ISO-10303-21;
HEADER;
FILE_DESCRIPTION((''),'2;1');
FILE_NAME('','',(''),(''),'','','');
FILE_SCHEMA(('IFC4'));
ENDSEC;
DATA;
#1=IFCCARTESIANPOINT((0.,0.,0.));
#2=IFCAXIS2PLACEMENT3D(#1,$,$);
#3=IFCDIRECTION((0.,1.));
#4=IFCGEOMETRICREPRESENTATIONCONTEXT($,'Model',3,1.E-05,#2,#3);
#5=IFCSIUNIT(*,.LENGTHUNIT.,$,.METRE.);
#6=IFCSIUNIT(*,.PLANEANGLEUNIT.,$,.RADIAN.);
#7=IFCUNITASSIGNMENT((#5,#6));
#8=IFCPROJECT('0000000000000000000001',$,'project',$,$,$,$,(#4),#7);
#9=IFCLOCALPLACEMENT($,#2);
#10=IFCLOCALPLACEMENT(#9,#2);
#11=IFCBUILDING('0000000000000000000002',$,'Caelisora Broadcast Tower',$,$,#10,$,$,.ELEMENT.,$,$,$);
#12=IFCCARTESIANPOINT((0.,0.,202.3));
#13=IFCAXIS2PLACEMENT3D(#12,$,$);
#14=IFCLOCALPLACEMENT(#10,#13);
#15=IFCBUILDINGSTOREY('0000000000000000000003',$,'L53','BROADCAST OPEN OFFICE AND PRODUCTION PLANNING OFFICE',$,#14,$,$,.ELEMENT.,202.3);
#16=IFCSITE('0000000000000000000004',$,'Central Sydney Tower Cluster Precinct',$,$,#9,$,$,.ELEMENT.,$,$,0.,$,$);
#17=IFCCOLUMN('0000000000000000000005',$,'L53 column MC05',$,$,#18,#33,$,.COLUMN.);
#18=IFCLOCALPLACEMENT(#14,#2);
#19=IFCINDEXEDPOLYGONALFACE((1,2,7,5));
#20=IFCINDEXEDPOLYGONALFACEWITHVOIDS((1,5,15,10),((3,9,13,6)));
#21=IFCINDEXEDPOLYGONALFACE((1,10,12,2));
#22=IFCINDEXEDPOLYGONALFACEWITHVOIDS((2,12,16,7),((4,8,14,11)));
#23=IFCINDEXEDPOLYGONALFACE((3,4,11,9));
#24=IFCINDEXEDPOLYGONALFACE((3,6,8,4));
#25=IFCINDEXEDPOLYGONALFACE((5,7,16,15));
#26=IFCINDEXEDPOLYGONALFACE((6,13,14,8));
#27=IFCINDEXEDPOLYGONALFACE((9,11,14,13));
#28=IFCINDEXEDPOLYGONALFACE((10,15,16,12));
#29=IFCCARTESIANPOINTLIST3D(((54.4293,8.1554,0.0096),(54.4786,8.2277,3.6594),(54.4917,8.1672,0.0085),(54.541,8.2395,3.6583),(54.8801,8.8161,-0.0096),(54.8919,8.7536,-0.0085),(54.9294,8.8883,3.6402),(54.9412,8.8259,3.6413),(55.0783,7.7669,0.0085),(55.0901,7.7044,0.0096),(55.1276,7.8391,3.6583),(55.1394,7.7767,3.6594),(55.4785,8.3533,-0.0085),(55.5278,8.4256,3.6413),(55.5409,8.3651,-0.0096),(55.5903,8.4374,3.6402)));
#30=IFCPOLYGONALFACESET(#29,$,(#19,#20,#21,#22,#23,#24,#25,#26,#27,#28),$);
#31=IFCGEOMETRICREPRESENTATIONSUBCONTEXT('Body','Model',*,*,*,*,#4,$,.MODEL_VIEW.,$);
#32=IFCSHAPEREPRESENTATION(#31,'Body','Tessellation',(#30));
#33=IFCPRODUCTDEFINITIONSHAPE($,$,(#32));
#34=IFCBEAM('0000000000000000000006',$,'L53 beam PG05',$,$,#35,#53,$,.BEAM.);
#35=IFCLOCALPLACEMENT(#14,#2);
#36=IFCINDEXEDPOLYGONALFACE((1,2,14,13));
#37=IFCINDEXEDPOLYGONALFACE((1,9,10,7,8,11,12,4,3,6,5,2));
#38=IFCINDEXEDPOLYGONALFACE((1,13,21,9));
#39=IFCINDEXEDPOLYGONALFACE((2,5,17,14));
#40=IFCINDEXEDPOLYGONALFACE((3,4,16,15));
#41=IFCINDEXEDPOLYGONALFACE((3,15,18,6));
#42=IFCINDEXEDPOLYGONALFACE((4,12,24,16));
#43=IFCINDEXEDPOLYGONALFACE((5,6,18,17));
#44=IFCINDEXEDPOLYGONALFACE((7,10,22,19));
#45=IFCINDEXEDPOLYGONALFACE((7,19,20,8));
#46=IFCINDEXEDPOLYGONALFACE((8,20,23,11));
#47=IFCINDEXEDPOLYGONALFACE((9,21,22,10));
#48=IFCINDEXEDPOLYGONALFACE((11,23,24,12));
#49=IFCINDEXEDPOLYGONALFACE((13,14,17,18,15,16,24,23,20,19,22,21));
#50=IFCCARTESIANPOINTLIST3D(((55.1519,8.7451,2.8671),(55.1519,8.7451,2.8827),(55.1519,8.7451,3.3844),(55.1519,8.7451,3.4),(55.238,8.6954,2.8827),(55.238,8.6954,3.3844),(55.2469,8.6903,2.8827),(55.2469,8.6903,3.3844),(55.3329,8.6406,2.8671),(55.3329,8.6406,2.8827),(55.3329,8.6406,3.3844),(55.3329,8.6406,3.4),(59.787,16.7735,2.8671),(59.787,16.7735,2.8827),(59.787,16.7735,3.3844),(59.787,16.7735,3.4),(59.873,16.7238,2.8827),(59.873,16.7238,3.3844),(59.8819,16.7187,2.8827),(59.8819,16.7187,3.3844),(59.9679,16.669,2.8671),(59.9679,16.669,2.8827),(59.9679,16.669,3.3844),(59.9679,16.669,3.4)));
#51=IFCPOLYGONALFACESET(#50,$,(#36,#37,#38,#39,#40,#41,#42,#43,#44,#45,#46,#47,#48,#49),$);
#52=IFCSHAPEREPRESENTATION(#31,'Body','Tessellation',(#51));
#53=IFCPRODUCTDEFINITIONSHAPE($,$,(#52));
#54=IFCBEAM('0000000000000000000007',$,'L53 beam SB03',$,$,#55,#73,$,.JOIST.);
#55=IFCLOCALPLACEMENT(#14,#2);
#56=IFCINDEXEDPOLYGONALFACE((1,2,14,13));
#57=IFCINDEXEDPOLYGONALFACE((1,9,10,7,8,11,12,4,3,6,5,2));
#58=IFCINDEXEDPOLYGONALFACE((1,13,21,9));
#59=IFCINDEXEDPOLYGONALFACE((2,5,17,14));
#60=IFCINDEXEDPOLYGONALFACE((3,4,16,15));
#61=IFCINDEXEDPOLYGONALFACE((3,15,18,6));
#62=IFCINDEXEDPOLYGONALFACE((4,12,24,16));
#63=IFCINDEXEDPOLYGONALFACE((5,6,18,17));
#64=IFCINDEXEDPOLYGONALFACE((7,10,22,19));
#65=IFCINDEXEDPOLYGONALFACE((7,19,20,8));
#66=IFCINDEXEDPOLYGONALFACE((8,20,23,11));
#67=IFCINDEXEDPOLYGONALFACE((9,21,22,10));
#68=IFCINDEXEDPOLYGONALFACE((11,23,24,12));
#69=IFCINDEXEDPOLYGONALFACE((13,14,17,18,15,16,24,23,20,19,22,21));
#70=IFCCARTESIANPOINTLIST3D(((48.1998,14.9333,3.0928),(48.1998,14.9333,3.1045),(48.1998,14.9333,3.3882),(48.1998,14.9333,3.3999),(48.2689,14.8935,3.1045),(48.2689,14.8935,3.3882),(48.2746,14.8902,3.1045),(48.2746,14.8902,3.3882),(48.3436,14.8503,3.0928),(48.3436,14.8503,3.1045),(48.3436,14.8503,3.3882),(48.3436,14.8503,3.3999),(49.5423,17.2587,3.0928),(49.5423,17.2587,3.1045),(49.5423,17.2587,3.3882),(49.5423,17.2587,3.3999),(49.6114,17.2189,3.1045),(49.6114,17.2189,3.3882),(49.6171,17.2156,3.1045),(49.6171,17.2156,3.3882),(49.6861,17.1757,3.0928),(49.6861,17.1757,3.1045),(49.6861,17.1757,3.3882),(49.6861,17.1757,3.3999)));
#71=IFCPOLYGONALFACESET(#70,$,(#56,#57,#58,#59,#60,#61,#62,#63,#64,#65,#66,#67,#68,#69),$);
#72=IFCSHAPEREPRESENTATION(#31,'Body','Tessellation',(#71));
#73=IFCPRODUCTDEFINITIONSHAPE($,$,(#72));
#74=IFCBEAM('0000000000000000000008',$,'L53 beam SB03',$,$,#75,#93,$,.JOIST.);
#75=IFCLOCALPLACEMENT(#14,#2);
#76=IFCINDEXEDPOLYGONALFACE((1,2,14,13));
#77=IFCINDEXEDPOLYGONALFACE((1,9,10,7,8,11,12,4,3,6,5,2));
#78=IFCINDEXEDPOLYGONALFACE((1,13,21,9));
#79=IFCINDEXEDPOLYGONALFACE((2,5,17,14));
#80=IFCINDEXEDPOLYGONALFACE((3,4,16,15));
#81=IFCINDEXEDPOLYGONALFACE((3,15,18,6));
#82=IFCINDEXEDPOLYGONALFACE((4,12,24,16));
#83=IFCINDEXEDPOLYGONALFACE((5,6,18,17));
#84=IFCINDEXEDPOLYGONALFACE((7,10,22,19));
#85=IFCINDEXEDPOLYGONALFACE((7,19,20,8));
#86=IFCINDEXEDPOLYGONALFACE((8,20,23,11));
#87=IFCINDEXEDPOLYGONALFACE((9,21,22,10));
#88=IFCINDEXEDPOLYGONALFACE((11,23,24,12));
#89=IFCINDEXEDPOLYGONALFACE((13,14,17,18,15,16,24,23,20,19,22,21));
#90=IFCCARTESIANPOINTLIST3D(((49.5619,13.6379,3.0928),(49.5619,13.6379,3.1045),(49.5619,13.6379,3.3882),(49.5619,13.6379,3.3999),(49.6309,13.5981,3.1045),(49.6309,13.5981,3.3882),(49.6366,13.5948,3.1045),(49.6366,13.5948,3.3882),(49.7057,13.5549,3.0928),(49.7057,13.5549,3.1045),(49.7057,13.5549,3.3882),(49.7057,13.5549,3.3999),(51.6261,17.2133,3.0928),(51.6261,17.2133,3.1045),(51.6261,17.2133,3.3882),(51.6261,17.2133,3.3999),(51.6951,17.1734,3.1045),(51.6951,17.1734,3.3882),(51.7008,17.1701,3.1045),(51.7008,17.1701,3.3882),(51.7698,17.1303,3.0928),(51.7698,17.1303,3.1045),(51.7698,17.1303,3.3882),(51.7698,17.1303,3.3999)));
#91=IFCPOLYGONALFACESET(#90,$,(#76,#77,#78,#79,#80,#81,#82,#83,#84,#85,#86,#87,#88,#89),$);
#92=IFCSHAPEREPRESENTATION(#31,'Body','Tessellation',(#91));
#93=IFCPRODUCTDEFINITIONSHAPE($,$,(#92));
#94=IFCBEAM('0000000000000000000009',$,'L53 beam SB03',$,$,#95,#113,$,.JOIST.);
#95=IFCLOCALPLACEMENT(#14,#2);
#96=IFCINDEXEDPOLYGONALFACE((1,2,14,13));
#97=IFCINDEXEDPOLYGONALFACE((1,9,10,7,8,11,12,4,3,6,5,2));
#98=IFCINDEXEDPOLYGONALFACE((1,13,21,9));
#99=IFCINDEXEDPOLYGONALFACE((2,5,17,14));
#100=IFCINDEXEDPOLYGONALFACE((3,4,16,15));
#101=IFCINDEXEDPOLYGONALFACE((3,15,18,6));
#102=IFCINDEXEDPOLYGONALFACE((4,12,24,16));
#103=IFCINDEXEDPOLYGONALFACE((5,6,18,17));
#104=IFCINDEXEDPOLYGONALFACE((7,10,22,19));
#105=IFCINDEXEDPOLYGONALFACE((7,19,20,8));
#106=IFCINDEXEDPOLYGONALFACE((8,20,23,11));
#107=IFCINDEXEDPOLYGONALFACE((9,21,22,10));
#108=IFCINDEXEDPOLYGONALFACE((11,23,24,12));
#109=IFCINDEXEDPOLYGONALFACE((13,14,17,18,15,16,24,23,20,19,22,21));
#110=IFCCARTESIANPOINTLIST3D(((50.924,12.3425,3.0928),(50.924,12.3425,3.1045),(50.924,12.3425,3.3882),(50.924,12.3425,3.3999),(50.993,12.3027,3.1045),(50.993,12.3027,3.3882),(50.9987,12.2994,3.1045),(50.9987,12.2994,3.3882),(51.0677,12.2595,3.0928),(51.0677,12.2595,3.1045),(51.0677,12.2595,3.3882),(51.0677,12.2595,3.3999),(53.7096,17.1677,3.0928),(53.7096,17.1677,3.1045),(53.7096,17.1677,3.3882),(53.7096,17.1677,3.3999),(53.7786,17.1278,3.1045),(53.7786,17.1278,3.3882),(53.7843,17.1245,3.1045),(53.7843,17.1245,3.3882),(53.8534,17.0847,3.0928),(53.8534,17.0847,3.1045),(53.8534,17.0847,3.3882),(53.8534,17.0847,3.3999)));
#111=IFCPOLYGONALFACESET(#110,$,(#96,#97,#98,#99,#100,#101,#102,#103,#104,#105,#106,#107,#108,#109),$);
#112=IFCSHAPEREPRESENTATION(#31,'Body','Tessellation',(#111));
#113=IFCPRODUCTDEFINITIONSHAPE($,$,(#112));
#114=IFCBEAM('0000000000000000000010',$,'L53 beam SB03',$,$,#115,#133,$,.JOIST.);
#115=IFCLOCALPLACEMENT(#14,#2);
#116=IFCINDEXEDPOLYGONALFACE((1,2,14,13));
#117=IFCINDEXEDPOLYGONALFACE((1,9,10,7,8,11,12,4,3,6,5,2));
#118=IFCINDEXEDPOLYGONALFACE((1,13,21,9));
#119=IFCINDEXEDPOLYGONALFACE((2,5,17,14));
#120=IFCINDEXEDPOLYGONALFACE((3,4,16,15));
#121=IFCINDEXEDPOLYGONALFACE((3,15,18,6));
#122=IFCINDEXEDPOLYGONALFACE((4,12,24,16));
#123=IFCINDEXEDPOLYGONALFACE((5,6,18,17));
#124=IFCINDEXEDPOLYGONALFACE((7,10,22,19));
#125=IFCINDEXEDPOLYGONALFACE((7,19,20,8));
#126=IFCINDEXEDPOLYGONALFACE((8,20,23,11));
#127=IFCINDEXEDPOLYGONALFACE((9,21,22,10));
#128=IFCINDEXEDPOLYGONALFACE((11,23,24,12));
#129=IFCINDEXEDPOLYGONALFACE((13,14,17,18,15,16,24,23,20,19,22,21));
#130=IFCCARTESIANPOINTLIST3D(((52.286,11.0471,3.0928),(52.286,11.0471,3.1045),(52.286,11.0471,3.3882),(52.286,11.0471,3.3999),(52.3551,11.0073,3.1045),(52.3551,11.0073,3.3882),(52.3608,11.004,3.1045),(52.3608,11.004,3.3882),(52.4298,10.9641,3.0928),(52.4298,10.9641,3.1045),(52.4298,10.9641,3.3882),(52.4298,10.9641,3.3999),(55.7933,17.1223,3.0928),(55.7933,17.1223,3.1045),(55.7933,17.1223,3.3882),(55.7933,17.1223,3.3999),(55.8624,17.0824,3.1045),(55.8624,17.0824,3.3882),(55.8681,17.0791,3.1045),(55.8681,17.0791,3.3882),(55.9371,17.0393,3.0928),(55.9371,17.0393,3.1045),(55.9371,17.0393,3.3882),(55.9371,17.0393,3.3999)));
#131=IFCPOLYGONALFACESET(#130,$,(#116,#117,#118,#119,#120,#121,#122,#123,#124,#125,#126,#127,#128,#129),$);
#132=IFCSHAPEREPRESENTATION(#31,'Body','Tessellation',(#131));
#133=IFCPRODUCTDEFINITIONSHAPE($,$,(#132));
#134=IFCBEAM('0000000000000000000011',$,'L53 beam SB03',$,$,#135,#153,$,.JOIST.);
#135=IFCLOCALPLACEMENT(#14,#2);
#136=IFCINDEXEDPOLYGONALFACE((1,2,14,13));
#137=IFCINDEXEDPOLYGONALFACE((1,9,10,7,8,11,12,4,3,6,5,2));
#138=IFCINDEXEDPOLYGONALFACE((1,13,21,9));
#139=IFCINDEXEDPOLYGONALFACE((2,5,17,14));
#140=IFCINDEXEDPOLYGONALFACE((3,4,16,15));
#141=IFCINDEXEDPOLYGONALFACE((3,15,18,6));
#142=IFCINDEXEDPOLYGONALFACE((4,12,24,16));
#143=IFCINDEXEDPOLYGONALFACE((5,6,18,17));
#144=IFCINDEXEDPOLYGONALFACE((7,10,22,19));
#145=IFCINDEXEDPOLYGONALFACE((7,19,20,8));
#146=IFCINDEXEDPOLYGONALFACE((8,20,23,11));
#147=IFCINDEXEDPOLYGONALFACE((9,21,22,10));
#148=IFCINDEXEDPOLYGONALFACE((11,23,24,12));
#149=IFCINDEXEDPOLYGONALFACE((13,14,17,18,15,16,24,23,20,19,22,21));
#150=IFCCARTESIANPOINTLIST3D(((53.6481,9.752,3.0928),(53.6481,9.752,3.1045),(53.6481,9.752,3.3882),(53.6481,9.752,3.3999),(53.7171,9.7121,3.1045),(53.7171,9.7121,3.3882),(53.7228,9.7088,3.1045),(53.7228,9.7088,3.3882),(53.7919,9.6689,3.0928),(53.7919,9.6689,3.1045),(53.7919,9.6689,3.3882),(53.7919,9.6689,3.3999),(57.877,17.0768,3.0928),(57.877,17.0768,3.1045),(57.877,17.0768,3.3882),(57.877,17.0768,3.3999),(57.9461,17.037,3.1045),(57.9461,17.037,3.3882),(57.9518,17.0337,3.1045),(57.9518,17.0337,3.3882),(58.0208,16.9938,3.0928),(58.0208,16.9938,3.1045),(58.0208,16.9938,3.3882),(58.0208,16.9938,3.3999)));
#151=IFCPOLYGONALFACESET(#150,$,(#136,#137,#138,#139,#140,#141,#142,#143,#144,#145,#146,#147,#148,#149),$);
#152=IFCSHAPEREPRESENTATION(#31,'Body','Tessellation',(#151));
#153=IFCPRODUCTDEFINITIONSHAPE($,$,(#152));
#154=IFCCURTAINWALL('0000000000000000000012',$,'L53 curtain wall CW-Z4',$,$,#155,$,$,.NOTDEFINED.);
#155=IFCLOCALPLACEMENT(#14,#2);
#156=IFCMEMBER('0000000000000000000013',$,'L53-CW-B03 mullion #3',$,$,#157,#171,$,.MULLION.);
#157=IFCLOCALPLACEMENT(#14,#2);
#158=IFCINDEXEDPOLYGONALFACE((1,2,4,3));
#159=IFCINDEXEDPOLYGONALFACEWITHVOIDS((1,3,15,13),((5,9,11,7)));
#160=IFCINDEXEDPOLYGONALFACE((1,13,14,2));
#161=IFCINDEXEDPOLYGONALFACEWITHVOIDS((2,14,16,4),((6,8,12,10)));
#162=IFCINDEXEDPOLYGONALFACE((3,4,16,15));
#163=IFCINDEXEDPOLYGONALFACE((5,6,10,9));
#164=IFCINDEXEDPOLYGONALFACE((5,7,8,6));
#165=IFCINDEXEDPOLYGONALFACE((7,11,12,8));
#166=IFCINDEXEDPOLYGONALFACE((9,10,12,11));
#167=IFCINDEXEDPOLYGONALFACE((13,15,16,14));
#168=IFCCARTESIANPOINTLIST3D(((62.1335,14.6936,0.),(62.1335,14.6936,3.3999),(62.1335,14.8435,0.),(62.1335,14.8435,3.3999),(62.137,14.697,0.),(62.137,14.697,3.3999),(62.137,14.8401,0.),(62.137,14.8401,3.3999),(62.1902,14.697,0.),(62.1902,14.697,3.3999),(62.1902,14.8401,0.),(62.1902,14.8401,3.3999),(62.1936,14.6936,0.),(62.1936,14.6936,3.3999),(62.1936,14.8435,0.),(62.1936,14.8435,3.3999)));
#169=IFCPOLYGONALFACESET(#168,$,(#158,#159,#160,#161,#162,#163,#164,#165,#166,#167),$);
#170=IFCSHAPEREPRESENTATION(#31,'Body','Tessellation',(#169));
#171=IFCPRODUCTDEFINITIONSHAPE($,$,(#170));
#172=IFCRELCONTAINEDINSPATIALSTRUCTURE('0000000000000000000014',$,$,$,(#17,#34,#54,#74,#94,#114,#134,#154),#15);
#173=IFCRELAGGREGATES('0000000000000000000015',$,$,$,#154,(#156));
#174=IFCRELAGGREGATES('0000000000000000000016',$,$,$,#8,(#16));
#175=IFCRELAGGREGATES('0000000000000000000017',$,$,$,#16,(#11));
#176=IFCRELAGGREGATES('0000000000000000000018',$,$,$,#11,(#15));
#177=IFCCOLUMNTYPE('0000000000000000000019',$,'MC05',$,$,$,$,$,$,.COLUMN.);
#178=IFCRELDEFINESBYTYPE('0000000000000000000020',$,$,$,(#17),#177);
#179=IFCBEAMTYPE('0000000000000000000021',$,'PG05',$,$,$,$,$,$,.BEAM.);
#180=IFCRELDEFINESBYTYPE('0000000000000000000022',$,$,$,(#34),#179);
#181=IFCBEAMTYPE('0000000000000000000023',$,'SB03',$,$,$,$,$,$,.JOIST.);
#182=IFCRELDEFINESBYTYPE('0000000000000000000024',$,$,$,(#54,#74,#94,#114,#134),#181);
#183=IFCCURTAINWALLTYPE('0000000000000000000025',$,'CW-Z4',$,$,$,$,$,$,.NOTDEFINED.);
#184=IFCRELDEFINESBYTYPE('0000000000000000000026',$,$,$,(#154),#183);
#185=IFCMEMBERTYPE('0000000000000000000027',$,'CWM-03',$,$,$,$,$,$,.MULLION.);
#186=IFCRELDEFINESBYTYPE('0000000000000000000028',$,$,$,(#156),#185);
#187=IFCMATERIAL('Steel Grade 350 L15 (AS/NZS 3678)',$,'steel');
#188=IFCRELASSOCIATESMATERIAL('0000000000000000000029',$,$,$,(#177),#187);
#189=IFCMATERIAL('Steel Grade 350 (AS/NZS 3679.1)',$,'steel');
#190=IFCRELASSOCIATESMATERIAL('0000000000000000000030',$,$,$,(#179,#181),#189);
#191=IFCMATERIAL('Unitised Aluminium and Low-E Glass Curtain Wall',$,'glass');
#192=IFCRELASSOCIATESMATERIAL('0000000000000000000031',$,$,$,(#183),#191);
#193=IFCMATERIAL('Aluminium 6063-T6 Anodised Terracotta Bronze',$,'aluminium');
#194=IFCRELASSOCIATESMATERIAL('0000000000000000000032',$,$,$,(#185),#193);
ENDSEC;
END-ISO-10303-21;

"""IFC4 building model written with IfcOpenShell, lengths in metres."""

from ifc_helpers import new_model, si_unit, direction, frame, origin, origin_2d, place, context, subcontext, project, spatial, hollow_rectangle, i_section, extrude, source, transform, mapped, material, material_profile, profile_set, type_object, type_shapes, element, aggregate, save


model = new_model("IFC4")

# Units and contexts
model_context = context("Model", 3, precision=1e-05, world=origin(), true_north=direction((0.0, 1.0)))
body_context = subcontext(model_context, "Body", "Model", "MODEL_VIEW")
ifc_project = project(units=[si_unit("LENGTHUNIT", "METRE"), si_unit("PLANEANGLEUNIT", "RADIAN")], contexts=[model_context])

# Site, building, storey
site_placement = place(None, origin())
site = spatial("IfcSite", under=ifc_project, at=site_placement, Name="Central Sydney Tower Cluster Precinct", CompositionType="ELEMENT", RefElevation=0.0)
building_placement = place(site_placement, origin())
building = spatial("IfcBuilding", under=site, at=building_placement, Name="Caelisora Broadcast Tower", CompositionType="ELEMENT")
storey_placement = place(building_placement, frame((0.0, 0.0, 202.3)))
storey = spatial("IfcBuildingStorey", under=building, at=storey_placement, Name="L53", Description="BROADCAST OPEN OFFICE AND PRODUCTION PLANNING OFFICE", CompositionType="ELEMENT", Elevation=202.3)

# Column
ifc_material_1 = material(Name="Steel Grade 350 L15 (AS/NZS 3678)", Category="steel")
ifc_material_profile_1 = material_profile(ifc_material_1, hollow_rectangle(XDim=0.8, YDim=0.8, WallThickness=0.0449, at=origin_2d()), Name="Steel Grade 350 L15 (AS/NZS 3678)")
ifc_profile_set_1 = profile_set([ifc_material_profile_1], Name="Steel Grade 350 L15 (AS/NZS 3678)")
column_type = type_object("IfcColumnType", Name="MC05", PredefinedType="COLUMN", material=ifc_profile_set_1)
shared_shape_1 = source(origin(), body_context, "Body", "SweptSolid", [
    extrude(hollow_rectangle(XDim=0.8, YDim=0.8, WallThickness=0.0449, at=origin_2d()), origin(), (0.0, 0.0, 1.0), 3.6509),
])
type_shapes(column_type, [shared_shape_1])
column_placement = place(storey_placement, frame((54.9851, 8.2603, 0.0), z_axis=(0.013508, 0.019794, 0.999713), x_axis=(-0.825991, 0.563683, 0.0)))
element("IfcColumn", 1, at=column_placement, inside=storey, type_object=column_type, Name="L53 column MC05", PredefinedType="COLUMN", context=body_context, shape_type="MappedRepresentation", body=[
    mapped(shared_shape_1, transform((0.0, 0.0, 0.0), scale=1.0)),
])

# Beams
ifc_material_2 = material(Name="Steel Grade 350 (AS/NZS 3679.1)", Category="steel")
ifc_material_profile_2 = material_profile(ifc_material_2, i_section(OverallWidth=0.209, OverallDepth=0.533, WebThickness=0.0103, FlangeThickness=0.0156, at=origin_2d()), Name="Steel Grade 350 (AS/NZS 3679.1)")
ifc_profile_set_2 = profile_set([ifc_material_profile_2], Name="Steel Grade 350 (AS/NZS 3679.1)")
beam_type_1 = type_object("IfcBeamType", Name="PG05", PredefinedType="BEAM", material=ifc_profile_set_2)
shared_shape_2 = source(origin(), body_context, "Body", "SweptSolid", [
    extrude(i_section(OverallWidth=0.209, OverallDepth=0.533, WebThickness=0.0103, FlangeThickness=0.0156, at=origin_2d()), origin(), (0.0, 0.0, 1.0), 9.2703),
])
type_shapes(beam_type_1, [shared_shape_2])
beam_1_placement = place(storey_placement, frame((55.2424, 8.6929, 3.1335), z_axis=(0.499988, 0.866032, 0.0), x_axis=(-0.866032, 0.499988, 0.0)))
element("IfcBeam", 2, at=beam_1_placement, inside=storey, type_object=beam_type_1, Name="L53 beam PG05", PredefinedType="BEAM", context=body_context, shape_type="MappedRepresentation", body=[
    mapped(shared_shape_2, transform((0.0, 0.0, 0.0), scale=1.0)),
])
ifc_material_profile_3 = material_profile(ifc_material_2, i_section(OverallWidth=0.166, OverallDepth=0.3071, WebThickness=0.0066, FlangeThickness=0.0117, at=origin_2d()), Name="Steel Grade 350 (AS/NZS 3679.1)")
ifc_profile_set_3 = profile_set([ifc_material_profile_3], Name="Steel Grade 350 (AS/NZS 3679.1)")
beam_type_2 = type_object("IfcBeamType", Name="SB03", PredefinedType="JOIST", material=ifc_profile_set_3)
shared_shape_3 = source(origin(), body_context, "Body", "SweptSolid", [
    extrude(i_section(OverallWidth=0.166, OverallDepth=0.3071, WebThickness=0.0066, FlangeThickness=0.0117, at=origin_2d()), origin(), (0.0, 0.0, 1.0), 2.6851),
])
beam_2_placement = place(storey_placement, frame((48.2717, 14.8918, 3.2463), z_axis=(0.499982, 0.866036, 0.0), x_axis=(-0.866036, 0.499982, 0.0)))
element("IfcBeam", 3, at=beam_2_placement, inside=storey, type_object=beam_type_2, Name="L53 beam SB03", PredefinedType="JOIST", context=body_context, shape_type="MappedRepresentation", body=[
    mapped(shared_shape_3, transform((0.0, 0.0, 0.0), scale=1.0)),
])
shared_shape_4 = source(origin(), body_context, "Body", "SweptSolid", [
    extrude(i_section(OverallWidth=0.166, OverallDepth=0.3071, WebThickness=0.0066, FlangeThickness=0.0117, at=origin_2d()), origin(), (0.0, 0.0, 1.0), 4.1284),
])
beam_3_placement = place(storey_placement, frame((49.6338, 13.5964, 3.2463), z_axis=(0.499987, 0.866033, 0.0), x_axis=(-0.866033, 0.499987, 0.0)))
element("IfcBeam", 4, at=beam_3_placement, inside=storey, type_object=beam_type_2, Name="L53 beam SB03", PredefinedType="JOIST", context=body_context, shape_type="MappedRepresentation", body=[
    mapped(shared_shape_4, transform((0.0, 0.0, 0.0), scale=1.0)),
])
shared_shape_5 = source(origin(), body_context, "Body", "SweptSolid", [
    extrude(i_section(OverallWidth=0.166, OverallDepth=0.3071, WebThickness=0.0066, FlangeThickness=0.0117, at=origin_2d()), origin(), (0.0, 0.0, 1.0), 5.5715),
])
beam_4_placement = place(storey_placement, frame((50.9958, 12.301, 3.2463), z_axis=(0.499975, 0.86604, 0.0), x_axis=(-0.86604, 0.499975, 0.0)))
element("IfcBeam", 5, at=beam_4_placement, inside=storey, type_object=beam_type_2, Name="L53 beam SB03", PredefinedType="JOIST", context=body_context, shape_type="MappedRepresentation", body=[
    mapped(shared_shape_5, transform((0.0, 0.0, 0.0), scale=1.0)),
])
shared_shape_6 = source(origin(), body_context, "Body", "SweptSolid", [
    extrude(i_section(OverallWidth=0.166, OverallDepth=0.3071, WebThickness=0.0066, FlangeThickness=0.0117, at=origin_2d()), origin(), (0.0, 0.0, 1.0), 7.0149),
])
beam_5_placement = place(storey_placement, frame((52.3579, 11.0056, 3.2463), z_axis=(0.49998, 0.866037, 0.0), x_axis=(-0.866037, 0.49998, 0.0)))
element("IfcBeam", 6, at=beam_5_placement, inside=storey, type_object=beam_type_2, Name="L53 beam SB03", PredefinedType="JOIST", context=body_context, shape_type="MappedRepresentation", body=[
    mapped(shared_shape_6, transform((0.0, 0.0, 0.0), scale=1.0)),
])
shared_shape_7 = source(origin(), body_context, "Body", "SweptSolid", [
    extrude(i_section(OverallWidth=0.166, OverallDepth=0.3071, WebThickness=0.0066, FlangeThickness=0.0117, at=origin_2d()), origin(), (0.0, 0.0, 1.0), 8.458),
])
type_shapes(beam_type_2, [shared_shape_3, shared_shape_4, shared_shape_5, shared_shape_6, shared_shape_7])
beam_6_placement = place(storey_placement, frame((53.72, 9.7104, 3.2463), z_axis=(0.499995, 0.866028, 0.0), x_axis=(-0.866028, 0.499995, 0.0)))
element("IfcBeam", 7, at=beam_6_placement, inside=storey, type_object=beam_type_2, Name="L53 beam SB03", PredefinedType="JOIST", context=body_context, shape_type="MappedRepresentation", body=[
    mapped(shared_shape_7, transform((0.0, 0.0, 0.0), scale=1.0)),
])

# Curtain wall, member
ifc_material_3 = material(Name="Unitised Aluminium and Low-E Glass Curtain Wall", Category="glass")
curtain_wall_type = type_object("IfcCurtainWallType", Name="CW-Z4", PredefinedType="NOTDEFINED", material=ifc_material_3)
curtain_wall_1_placement = place(storey_placement, origin())
curtain_wall_1 = element("IfcCurtainWall", 8, at=curtain_wall_1_placement, inside=storey, type_object=curtain_wall_type, Name="L53 curtain wall CW-Z4", PredefinedType="NOTDEFINED")
ifc_material_4 = material(Name="Aluminium 6063-T6 Anodised Terracotta Bronze", Category="aluminium")
ifc_material_profile_4 = material_profile(ifc_material_4, hollow_rectangle(XDim=0.0601, YDim=0.1499, WallThickness=0.0034, at=origin_2d()), Name="Aluminium 6063-T6 Anodised Terracotta Bronze")
ifc_profile_set_4 = profile_set([ifc_material_profile_4], Name="Aluminium 6063-T6 Anodised Terracotta Bronze")
member_type_1 = type_object("IfcMemberType", Name="CWM-03", PredefinedType="MULLION", material=ifc_profile_set_4)
shared_shape_8 = source(origin(), body_context, "Body", "SweptSolid", [
    extrude(hollow_rectangle(XDim=0.0601, YDim=0.1499, WallThickness=0.0034, at=origin_2d()), origin(), (0.0, 0.0, 1.0), 3.3999),
])
type_shapes(member_type_1, [shared_shape_8])
member_1_placement = place(storey_placement, frame((62.1636, 14.7686, 0.0), z_axis=(0.0, 0.0, 1.0), x_axis=(1.0, 0.0, 0.0)))
member_1 = element("IfcMember", 9, at=member_1_placement, type_object=member_type_1, Name="L53-CW-B03 mullion #3", PredefinedType="MULLION", context=body_context, shape_type="MappedRepresentation", body=[
    mapped(shared_shape_8, transform((0.0, 0.0, 0.0), scale=1.0)),
])
aggregate(curtain_wall_1, [member_1])

save(model, "model.ifc")
